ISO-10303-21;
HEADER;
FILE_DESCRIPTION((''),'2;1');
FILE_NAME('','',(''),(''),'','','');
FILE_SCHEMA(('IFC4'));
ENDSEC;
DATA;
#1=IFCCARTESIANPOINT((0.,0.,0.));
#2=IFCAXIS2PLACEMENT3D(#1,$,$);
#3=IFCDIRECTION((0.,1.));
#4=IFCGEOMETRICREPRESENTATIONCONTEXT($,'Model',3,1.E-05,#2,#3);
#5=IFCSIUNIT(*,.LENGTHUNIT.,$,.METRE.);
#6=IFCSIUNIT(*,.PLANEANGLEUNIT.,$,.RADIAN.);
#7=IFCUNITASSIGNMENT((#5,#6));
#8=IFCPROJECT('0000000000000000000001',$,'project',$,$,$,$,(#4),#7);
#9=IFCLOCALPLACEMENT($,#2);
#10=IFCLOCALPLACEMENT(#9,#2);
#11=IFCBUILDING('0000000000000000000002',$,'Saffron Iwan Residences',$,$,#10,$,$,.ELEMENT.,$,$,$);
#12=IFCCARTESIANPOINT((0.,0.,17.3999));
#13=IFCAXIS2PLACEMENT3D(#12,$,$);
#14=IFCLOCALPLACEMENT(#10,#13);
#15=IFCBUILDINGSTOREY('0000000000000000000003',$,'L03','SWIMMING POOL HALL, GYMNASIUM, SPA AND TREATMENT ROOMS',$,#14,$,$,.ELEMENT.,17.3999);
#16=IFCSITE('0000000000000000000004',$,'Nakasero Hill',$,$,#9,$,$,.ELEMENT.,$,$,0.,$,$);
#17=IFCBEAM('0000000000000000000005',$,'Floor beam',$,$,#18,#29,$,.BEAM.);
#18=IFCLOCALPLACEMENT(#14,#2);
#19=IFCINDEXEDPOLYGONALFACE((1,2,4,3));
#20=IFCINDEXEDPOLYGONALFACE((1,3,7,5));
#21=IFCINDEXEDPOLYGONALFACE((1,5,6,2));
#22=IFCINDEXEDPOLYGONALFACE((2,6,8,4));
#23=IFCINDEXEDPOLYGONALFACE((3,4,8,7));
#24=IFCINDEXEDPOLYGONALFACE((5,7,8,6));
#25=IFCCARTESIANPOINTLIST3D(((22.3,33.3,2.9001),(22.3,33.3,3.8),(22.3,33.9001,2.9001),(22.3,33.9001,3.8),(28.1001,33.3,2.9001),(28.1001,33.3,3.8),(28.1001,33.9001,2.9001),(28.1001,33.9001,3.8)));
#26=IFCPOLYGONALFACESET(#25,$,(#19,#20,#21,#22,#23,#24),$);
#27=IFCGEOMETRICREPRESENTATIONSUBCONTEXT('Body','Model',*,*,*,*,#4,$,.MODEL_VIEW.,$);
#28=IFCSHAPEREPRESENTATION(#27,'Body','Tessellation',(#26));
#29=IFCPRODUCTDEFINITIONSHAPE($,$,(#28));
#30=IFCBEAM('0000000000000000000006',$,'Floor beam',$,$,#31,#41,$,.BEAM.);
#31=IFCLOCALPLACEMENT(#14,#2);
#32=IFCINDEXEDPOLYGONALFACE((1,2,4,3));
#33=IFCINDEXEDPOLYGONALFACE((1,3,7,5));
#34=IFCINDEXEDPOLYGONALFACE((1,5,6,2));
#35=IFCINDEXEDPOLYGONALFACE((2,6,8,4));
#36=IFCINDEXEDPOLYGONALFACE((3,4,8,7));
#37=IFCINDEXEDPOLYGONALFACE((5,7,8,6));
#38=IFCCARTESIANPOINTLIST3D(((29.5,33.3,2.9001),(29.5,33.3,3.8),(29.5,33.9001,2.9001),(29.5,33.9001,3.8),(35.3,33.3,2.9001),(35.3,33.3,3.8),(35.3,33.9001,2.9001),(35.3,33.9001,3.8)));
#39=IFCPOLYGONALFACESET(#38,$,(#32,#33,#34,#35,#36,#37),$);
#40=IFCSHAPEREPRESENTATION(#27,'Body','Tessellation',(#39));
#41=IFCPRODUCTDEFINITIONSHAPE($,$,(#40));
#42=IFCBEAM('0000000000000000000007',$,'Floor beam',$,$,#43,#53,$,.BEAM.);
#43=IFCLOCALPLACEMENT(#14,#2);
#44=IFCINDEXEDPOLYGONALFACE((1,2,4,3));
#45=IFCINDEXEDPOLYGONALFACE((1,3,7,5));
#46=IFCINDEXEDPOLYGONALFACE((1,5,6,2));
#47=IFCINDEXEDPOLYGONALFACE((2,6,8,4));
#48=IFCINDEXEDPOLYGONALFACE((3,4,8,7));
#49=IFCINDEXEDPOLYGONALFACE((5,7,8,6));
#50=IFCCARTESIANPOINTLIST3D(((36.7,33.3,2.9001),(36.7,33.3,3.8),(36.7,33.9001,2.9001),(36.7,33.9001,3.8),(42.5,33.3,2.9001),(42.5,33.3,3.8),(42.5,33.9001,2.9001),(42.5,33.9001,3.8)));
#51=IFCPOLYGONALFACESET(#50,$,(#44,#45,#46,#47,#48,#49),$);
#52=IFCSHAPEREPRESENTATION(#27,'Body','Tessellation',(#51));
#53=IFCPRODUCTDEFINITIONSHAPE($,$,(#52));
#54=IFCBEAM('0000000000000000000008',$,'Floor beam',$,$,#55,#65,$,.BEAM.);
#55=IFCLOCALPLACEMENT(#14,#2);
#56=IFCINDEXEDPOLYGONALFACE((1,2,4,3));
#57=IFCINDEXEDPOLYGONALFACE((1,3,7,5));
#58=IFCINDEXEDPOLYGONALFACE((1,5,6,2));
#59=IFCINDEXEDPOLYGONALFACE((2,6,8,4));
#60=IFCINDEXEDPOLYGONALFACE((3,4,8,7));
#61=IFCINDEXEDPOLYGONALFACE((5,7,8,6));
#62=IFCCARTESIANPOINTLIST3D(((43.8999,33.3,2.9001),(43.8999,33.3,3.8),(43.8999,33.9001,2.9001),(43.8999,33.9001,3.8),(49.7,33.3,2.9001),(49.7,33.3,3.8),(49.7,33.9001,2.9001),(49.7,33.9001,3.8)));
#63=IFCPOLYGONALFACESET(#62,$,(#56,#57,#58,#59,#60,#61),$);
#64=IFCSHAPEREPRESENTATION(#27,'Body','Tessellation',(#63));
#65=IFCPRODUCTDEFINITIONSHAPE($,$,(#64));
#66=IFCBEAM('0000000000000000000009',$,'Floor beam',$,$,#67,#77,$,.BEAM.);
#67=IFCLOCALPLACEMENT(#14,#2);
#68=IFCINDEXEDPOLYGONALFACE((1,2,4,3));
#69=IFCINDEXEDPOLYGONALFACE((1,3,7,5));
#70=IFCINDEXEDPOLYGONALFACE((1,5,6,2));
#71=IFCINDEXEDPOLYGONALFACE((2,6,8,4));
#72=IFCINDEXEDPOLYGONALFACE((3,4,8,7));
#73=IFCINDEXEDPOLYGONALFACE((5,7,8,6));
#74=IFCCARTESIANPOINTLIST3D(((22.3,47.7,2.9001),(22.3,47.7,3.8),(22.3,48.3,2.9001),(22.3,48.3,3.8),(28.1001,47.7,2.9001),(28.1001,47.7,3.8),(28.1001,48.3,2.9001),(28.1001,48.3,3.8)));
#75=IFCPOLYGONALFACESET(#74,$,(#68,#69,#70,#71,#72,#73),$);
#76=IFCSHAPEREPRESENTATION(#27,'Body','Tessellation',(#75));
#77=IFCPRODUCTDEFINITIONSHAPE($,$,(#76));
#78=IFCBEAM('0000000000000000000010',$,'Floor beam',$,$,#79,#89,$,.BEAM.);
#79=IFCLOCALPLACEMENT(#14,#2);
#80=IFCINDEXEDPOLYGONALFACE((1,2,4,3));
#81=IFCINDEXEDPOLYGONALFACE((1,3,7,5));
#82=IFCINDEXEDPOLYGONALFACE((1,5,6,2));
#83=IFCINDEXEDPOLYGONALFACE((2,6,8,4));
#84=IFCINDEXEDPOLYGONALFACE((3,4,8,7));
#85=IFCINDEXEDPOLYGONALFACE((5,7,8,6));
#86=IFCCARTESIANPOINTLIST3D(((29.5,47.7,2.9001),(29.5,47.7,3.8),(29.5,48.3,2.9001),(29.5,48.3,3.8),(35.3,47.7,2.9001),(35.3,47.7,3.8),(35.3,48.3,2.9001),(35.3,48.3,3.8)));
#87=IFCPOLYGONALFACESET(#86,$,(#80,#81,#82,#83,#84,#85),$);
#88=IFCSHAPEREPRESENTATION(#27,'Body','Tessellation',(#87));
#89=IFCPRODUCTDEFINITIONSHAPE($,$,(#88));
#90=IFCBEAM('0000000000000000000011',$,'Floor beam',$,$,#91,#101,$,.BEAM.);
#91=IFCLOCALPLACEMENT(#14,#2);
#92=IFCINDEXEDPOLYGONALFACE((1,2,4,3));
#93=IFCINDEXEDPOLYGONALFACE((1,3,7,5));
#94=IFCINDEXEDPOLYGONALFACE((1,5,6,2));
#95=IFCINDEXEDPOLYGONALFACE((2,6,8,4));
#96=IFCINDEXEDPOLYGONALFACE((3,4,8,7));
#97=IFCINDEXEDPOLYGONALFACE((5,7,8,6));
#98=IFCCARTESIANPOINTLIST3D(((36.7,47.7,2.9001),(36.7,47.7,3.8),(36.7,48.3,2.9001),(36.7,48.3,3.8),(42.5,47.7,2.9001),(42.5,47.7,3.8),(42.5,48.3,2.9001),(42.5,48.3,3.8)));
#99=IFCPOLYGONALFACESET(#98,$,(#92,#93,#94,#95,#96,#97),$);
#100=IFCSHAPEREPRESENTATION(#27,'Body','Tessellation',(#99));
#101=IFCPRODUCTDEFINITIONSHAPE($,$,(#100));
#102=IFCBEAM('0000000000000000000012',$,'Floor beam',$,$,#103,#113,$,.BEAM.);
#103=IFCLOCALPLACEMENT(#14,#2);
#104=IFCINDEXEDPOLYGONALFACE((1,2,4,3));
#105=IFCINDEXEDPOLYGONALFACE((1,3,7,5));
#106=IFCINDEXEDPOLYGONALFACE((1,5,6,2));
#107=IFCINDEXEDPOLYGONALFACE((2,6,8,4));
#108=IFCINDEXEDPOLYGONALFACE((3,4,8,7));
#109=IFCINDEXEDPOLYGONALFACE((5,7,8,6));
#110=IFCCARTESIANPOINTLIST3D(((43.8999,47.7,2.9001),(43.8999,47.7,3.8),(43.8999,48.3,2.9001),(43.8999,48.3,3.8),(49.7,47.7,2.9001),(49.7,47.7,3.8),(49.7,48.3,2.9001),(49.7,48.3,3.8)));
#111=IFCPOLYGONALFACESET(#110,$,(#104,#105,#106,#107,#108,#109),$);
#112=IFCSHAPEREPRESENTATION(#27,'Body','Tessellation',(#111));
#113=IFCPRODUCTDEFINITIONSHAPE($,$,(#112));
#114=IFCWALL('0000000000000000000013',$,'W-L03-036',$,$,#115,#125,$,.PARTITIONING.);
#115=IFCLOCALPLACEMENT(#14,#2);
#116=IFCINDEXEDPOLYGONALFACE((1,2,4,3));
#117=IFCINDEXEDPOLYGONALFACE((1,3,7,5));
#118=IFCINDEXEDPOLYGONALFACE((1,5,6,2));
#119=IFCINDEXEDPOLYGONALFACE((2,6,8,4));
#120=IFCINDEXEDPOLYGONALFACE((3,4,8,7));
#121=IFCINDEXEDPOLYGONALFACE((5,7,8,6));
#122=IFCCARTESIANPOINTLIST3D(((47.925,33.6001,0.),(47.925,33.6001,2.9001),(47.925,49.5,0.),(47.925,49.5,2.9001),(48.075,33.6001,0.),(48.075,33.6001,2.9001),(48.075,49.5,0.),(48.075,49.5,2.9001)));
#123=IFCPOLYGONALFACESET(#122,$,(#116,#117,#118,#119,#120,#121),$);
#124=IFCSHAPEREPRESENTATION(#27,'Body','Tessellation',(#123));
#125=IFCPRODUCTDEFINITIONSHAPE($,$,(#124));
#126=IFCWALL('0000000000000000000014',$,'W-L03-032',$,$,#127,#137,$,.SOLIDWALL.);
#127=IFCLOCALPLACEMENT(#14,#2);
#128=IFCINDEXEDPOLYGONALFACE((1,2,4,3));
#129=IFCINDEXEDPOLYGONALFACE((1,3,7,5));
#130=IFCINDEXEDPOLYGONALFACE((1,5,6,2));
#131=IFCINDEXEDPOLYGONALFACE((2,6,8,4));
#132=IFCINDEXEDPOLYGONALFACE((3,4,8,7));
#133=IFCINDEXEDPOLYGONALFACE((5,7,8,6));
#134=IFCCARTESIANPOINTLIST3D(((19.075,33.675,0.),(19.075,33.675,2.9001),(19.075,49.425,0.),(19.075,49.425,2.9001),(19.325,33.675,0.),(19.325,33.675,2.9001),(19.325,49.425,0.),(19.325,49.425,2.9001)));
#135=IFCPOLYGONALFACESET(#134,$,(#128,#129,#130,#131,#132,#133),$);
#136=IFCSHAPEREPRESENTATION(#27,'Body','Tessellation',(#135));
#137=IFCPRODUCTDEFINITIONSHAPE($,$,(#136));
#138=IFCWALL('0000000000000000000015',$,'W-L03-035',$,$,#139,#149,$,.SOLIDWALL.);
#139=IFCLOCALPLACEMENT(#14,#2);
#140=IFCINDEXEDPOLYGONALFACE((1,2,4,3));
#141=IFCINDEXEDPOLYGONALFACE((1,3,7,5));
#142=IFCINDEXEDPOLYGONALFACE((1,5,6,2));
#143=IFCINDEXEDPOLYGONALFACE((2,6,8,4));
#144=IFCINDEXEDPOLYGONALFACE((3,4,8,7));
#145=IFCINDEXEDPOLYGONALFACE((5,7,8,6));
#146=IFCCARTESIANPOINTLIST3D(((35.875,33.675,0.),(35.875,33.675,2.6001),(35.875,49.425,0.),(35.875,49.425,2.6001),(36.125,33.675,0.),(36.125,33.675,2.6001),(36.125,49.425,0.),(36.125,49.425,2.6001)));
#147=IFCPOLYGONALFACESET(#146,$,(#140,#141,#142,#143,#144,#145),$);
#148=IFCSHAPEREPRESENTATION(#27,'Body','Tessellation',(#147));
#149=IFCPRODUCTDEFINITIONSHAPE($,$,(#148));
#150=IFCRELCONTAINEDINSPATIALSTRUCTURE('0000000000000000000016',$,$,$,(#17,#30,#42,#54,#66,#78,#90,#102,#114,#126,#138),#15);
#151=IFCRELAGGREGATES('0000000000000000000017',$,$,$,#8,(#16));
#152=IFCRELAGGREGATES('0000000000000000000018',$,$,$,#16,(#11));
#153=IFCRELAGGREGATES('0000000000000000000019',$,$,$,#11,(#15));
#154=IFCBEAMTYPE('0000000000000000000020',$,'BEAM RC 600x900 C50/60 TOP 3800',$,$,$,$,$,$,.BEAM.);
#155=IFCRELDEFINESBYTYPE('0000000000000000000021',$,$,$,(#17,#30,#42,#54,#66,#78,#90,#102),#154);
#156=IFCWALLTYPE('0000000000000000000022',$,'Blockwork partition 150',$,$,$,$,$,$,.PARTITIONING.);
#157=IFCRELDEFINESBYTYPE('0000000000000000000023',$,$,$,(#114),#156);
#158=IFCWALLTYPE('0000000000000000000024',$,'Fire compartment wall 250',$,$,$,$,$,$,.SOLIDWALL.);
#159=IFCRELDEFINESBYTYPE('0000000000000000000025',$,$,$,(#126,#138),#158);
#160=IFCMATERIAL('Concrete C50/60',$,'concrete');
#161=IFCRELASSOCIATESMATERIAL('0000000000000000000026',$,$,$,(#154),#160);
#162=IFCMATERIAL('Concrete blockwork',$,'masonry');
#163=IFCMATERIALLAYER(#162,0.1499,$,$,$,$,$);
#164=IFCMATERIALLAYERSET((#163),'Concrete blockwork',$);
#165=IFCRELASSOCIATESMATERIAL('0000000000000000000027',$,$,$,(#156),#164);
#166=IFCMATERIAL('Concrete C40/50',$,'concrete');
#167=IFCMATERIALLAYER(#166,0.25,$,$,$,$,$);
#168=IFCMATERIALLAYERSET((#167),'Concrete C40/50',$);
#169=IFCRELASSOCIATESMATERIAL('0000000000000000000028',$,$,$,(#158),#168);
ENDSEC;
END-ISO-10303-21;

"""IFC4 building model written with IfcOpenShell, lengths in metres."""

from ifc_helpers import new_model, si_unit, direction, frame, frame_2d, origin, origin_2d, place, context, subcontext, project, spatial, rectangle, extrude, source, transform, mapped, material, layer, layer_set, material_profile, profile_set, type_object, element, save


model = new_model("IFC4")

# Units and contexts
model_context = context("Model", 3, precision=1e-05, world=origin(), true_north=direction((0.0, 1.0)))
body_context = subcontext(model_context, "Body", "Model", "MODEL_VIEW")
ifc_project = project(units=[si_unit("LENGTHUNIT", "METRE"), si_unit("PLANEANGLEUNIT", "RADIAN")], contexts=[model_context])

# Site, building, storey
site_placement = place(None, origin())
site = spatial("IfcSite", under=ifc_project, at=site_placement, Name="Nakasero Hill", CompositionType="ELEMENT", RefElevation=0.0)
building_placement = place(site_placement, origin())
building = spatial("IfcBuilding", under=site, at=building_placement, Name="Saffron Iwan Residences", CompositionType="ELEMENT")
storey_placement = place(building_placement, frame((0.0, 0.0, 17.3999)))
storey = spatial("IfcBuildingStorey", under=building, at=storey_placement, Name="L03", Description="SWIMMING POOL HALL, GYMNASIUM, SPA AND TREATMENT ROOMS", CompositionType="ELEMENT", Elevation=17.3999)

# Shared definitions
ifc_material_1 = material(Name="Concrete C50/60", Category="concrete")

# Beams
ifc_material_profile_1 = material_profile(ifc_material_1, rectangle(XDim=0.6001, YDim=0.8999, at=origin_2d()), Name="RC 600x900")
ifc_profile_set_1 = profile_set([ifc_material_profile_1], Name="Concrete C50/60")
beam_type_1 = type_object("IfcBeamType", Name="BEAM RC 600x900 C50/60 TOP 3800", PredefinedType="BEAM", material=ifc_profile_set_1)
shared_shape_1 = source(origin(), body_context, "Body", "SweptSolid", [
    extrude(rectangle(XDim=0.6001, YDim=0.8999, at=origin_2d()), origin(), (0.0, 0.0, 1.0), 5.8),
])
for number, where, z_axis, x_axis, name in (
    (1, (22.3, 33.6001, 3.3501), (1.0, 0.0, 0.0), (0.0, 1.0, 0.0), "Floor beam"),
    (2, (29.5, 33.6001, 3.3501), (1.0, 0.0, 0.0), (0.0, 1.0, 0.0), "Floor beam"),
    (3, (36.7, 33.6001, 3.3501), (1.0, 0.0, 0.0), (0.0, 1.0, 0.0), "Floor beam"),
    (4, (43.8999, 33.6001, 3.3501), (1.0, 0.0, 0.0), (0.0, 1.0, 0.0), "Floor beam"),
    (5, (22.3, 48.0, 3.3501), (1.0, 0.0, 0.0), (0.0, 1.0, 0.0), "Floor beam"),
    (6, (29.5, 48.0, 3.3501), (1.0, 0.0, 0.0), (0.0, 1.0, 0.0), "Floor beam"),
    (7, (36.7, 48.0, 3.3501), (1.0, 0.0, 0.0), (0.0, 1.0, 0.0), "Floor beam"),
    (8, (43.8999, 48.0, 3.3501), (1.0, 0.0, 0.0), (0.0, 1.0, 0.0), "Floor beam"),
):
    element("IfcBeam", number, at=place(storey_placement, frame(where, z_axis=z_axis, x_axis=x_axis)), inside=storey, type_object=beam_type_1, Name=name, PredefinedType="BEAM", context=body_context, shape_type="MappedRepresentation", body=[
        mapped(shared_shape_1, transform((0.0, 0.0, 0.0))),
    ])

# Walls
ifc_material_2 = material(Name="Concrete blockwork", Category="masonry")
ifc_layer_1 = layer(ifc_material_2, 0.1499)
ifc_layer_set_1 = layer_set([ifc_layer_1], Name="Concrete blockwork")
wall_type_1 = type_object("IfcWallType", Name="Blockwork partition 150", PredefinedType="PARTITIONING", material=ifc_layer_set_1)
wall_1_placement = place(storey_placement, frame((48.0, 33.6001, 0.0), z_axis=(0.0, 0.0, 1.0), x_axis=(0.0, 1.0, 0.0)))
element("IfcWall", 9, at=wall_1_placement, inside=storey, type_object=wall_type_1, Name="W-L03-036", PredefinedType="PARTITIONING", context=body_context, shape_type="SweptSolid", body=[
    extrude(rectangle(XDim=15.8999, YDim=0.1499, at=frame_2d((7.95, 0.0))), origin(), (0.0, 0.0, 1.0), 2.9001),
])
ifc_material_3 = material(Name="Concrete C40/50", Category="concrete")
ifc_layer_2 = layer(ifc_material_3, 0.25)
ifc_layer_set_2 = layer_set([ifc_layer_2], Name="Concrete C40/50")
wall_type_2 = type_object("IfcWallType", Name="Fire compartment wall 250", PredefinedType="SOLIDWALL", material=ifc_layer_set_2)
wall_2_placement = place(storey_placement, frame((19.2, 33.675, 0.0), z_axis=(0.0, 0.0, 1.0), x_axis=(0.0, 1.0, 0.0)))
element("IfcWall", 10, at=wall_2_placement, inside=storey, type_object=wall_type_2, Name="W-L03-032", PredefinedType="SOLIDWALL", context=body_context, shape_type="SweptSolid", body=[
    extrude(rectangle(XDim=15.75, YDim=0.25, at=frame_2d((7.875, 0.0))), origin(), (0.0, 0.0, 1.0), 2.9001),
])
wall_3_placement = place(storey_placement, frame((36.0, 33.675, 0.0), z_axis=(0.0, 0.0, 1.0), x_axis=(0.0, 1.0, 0.0)))
element("IfcWall", 11, at=wall_3_placement, inside=storey, type_object=wall_type_2, Name="W-L03-035", PredefinedType="SOLIDWALL", context=body_context, shape_type="SweptSolid", body=[
    extrude(rectangle(XDim=15.75, YDim=0.25, at=frame_2d((7.875, 0.0))), origin(), (0.0, 0.0, 1.0), 2.6001),
])

save(model, "model.ifc")
